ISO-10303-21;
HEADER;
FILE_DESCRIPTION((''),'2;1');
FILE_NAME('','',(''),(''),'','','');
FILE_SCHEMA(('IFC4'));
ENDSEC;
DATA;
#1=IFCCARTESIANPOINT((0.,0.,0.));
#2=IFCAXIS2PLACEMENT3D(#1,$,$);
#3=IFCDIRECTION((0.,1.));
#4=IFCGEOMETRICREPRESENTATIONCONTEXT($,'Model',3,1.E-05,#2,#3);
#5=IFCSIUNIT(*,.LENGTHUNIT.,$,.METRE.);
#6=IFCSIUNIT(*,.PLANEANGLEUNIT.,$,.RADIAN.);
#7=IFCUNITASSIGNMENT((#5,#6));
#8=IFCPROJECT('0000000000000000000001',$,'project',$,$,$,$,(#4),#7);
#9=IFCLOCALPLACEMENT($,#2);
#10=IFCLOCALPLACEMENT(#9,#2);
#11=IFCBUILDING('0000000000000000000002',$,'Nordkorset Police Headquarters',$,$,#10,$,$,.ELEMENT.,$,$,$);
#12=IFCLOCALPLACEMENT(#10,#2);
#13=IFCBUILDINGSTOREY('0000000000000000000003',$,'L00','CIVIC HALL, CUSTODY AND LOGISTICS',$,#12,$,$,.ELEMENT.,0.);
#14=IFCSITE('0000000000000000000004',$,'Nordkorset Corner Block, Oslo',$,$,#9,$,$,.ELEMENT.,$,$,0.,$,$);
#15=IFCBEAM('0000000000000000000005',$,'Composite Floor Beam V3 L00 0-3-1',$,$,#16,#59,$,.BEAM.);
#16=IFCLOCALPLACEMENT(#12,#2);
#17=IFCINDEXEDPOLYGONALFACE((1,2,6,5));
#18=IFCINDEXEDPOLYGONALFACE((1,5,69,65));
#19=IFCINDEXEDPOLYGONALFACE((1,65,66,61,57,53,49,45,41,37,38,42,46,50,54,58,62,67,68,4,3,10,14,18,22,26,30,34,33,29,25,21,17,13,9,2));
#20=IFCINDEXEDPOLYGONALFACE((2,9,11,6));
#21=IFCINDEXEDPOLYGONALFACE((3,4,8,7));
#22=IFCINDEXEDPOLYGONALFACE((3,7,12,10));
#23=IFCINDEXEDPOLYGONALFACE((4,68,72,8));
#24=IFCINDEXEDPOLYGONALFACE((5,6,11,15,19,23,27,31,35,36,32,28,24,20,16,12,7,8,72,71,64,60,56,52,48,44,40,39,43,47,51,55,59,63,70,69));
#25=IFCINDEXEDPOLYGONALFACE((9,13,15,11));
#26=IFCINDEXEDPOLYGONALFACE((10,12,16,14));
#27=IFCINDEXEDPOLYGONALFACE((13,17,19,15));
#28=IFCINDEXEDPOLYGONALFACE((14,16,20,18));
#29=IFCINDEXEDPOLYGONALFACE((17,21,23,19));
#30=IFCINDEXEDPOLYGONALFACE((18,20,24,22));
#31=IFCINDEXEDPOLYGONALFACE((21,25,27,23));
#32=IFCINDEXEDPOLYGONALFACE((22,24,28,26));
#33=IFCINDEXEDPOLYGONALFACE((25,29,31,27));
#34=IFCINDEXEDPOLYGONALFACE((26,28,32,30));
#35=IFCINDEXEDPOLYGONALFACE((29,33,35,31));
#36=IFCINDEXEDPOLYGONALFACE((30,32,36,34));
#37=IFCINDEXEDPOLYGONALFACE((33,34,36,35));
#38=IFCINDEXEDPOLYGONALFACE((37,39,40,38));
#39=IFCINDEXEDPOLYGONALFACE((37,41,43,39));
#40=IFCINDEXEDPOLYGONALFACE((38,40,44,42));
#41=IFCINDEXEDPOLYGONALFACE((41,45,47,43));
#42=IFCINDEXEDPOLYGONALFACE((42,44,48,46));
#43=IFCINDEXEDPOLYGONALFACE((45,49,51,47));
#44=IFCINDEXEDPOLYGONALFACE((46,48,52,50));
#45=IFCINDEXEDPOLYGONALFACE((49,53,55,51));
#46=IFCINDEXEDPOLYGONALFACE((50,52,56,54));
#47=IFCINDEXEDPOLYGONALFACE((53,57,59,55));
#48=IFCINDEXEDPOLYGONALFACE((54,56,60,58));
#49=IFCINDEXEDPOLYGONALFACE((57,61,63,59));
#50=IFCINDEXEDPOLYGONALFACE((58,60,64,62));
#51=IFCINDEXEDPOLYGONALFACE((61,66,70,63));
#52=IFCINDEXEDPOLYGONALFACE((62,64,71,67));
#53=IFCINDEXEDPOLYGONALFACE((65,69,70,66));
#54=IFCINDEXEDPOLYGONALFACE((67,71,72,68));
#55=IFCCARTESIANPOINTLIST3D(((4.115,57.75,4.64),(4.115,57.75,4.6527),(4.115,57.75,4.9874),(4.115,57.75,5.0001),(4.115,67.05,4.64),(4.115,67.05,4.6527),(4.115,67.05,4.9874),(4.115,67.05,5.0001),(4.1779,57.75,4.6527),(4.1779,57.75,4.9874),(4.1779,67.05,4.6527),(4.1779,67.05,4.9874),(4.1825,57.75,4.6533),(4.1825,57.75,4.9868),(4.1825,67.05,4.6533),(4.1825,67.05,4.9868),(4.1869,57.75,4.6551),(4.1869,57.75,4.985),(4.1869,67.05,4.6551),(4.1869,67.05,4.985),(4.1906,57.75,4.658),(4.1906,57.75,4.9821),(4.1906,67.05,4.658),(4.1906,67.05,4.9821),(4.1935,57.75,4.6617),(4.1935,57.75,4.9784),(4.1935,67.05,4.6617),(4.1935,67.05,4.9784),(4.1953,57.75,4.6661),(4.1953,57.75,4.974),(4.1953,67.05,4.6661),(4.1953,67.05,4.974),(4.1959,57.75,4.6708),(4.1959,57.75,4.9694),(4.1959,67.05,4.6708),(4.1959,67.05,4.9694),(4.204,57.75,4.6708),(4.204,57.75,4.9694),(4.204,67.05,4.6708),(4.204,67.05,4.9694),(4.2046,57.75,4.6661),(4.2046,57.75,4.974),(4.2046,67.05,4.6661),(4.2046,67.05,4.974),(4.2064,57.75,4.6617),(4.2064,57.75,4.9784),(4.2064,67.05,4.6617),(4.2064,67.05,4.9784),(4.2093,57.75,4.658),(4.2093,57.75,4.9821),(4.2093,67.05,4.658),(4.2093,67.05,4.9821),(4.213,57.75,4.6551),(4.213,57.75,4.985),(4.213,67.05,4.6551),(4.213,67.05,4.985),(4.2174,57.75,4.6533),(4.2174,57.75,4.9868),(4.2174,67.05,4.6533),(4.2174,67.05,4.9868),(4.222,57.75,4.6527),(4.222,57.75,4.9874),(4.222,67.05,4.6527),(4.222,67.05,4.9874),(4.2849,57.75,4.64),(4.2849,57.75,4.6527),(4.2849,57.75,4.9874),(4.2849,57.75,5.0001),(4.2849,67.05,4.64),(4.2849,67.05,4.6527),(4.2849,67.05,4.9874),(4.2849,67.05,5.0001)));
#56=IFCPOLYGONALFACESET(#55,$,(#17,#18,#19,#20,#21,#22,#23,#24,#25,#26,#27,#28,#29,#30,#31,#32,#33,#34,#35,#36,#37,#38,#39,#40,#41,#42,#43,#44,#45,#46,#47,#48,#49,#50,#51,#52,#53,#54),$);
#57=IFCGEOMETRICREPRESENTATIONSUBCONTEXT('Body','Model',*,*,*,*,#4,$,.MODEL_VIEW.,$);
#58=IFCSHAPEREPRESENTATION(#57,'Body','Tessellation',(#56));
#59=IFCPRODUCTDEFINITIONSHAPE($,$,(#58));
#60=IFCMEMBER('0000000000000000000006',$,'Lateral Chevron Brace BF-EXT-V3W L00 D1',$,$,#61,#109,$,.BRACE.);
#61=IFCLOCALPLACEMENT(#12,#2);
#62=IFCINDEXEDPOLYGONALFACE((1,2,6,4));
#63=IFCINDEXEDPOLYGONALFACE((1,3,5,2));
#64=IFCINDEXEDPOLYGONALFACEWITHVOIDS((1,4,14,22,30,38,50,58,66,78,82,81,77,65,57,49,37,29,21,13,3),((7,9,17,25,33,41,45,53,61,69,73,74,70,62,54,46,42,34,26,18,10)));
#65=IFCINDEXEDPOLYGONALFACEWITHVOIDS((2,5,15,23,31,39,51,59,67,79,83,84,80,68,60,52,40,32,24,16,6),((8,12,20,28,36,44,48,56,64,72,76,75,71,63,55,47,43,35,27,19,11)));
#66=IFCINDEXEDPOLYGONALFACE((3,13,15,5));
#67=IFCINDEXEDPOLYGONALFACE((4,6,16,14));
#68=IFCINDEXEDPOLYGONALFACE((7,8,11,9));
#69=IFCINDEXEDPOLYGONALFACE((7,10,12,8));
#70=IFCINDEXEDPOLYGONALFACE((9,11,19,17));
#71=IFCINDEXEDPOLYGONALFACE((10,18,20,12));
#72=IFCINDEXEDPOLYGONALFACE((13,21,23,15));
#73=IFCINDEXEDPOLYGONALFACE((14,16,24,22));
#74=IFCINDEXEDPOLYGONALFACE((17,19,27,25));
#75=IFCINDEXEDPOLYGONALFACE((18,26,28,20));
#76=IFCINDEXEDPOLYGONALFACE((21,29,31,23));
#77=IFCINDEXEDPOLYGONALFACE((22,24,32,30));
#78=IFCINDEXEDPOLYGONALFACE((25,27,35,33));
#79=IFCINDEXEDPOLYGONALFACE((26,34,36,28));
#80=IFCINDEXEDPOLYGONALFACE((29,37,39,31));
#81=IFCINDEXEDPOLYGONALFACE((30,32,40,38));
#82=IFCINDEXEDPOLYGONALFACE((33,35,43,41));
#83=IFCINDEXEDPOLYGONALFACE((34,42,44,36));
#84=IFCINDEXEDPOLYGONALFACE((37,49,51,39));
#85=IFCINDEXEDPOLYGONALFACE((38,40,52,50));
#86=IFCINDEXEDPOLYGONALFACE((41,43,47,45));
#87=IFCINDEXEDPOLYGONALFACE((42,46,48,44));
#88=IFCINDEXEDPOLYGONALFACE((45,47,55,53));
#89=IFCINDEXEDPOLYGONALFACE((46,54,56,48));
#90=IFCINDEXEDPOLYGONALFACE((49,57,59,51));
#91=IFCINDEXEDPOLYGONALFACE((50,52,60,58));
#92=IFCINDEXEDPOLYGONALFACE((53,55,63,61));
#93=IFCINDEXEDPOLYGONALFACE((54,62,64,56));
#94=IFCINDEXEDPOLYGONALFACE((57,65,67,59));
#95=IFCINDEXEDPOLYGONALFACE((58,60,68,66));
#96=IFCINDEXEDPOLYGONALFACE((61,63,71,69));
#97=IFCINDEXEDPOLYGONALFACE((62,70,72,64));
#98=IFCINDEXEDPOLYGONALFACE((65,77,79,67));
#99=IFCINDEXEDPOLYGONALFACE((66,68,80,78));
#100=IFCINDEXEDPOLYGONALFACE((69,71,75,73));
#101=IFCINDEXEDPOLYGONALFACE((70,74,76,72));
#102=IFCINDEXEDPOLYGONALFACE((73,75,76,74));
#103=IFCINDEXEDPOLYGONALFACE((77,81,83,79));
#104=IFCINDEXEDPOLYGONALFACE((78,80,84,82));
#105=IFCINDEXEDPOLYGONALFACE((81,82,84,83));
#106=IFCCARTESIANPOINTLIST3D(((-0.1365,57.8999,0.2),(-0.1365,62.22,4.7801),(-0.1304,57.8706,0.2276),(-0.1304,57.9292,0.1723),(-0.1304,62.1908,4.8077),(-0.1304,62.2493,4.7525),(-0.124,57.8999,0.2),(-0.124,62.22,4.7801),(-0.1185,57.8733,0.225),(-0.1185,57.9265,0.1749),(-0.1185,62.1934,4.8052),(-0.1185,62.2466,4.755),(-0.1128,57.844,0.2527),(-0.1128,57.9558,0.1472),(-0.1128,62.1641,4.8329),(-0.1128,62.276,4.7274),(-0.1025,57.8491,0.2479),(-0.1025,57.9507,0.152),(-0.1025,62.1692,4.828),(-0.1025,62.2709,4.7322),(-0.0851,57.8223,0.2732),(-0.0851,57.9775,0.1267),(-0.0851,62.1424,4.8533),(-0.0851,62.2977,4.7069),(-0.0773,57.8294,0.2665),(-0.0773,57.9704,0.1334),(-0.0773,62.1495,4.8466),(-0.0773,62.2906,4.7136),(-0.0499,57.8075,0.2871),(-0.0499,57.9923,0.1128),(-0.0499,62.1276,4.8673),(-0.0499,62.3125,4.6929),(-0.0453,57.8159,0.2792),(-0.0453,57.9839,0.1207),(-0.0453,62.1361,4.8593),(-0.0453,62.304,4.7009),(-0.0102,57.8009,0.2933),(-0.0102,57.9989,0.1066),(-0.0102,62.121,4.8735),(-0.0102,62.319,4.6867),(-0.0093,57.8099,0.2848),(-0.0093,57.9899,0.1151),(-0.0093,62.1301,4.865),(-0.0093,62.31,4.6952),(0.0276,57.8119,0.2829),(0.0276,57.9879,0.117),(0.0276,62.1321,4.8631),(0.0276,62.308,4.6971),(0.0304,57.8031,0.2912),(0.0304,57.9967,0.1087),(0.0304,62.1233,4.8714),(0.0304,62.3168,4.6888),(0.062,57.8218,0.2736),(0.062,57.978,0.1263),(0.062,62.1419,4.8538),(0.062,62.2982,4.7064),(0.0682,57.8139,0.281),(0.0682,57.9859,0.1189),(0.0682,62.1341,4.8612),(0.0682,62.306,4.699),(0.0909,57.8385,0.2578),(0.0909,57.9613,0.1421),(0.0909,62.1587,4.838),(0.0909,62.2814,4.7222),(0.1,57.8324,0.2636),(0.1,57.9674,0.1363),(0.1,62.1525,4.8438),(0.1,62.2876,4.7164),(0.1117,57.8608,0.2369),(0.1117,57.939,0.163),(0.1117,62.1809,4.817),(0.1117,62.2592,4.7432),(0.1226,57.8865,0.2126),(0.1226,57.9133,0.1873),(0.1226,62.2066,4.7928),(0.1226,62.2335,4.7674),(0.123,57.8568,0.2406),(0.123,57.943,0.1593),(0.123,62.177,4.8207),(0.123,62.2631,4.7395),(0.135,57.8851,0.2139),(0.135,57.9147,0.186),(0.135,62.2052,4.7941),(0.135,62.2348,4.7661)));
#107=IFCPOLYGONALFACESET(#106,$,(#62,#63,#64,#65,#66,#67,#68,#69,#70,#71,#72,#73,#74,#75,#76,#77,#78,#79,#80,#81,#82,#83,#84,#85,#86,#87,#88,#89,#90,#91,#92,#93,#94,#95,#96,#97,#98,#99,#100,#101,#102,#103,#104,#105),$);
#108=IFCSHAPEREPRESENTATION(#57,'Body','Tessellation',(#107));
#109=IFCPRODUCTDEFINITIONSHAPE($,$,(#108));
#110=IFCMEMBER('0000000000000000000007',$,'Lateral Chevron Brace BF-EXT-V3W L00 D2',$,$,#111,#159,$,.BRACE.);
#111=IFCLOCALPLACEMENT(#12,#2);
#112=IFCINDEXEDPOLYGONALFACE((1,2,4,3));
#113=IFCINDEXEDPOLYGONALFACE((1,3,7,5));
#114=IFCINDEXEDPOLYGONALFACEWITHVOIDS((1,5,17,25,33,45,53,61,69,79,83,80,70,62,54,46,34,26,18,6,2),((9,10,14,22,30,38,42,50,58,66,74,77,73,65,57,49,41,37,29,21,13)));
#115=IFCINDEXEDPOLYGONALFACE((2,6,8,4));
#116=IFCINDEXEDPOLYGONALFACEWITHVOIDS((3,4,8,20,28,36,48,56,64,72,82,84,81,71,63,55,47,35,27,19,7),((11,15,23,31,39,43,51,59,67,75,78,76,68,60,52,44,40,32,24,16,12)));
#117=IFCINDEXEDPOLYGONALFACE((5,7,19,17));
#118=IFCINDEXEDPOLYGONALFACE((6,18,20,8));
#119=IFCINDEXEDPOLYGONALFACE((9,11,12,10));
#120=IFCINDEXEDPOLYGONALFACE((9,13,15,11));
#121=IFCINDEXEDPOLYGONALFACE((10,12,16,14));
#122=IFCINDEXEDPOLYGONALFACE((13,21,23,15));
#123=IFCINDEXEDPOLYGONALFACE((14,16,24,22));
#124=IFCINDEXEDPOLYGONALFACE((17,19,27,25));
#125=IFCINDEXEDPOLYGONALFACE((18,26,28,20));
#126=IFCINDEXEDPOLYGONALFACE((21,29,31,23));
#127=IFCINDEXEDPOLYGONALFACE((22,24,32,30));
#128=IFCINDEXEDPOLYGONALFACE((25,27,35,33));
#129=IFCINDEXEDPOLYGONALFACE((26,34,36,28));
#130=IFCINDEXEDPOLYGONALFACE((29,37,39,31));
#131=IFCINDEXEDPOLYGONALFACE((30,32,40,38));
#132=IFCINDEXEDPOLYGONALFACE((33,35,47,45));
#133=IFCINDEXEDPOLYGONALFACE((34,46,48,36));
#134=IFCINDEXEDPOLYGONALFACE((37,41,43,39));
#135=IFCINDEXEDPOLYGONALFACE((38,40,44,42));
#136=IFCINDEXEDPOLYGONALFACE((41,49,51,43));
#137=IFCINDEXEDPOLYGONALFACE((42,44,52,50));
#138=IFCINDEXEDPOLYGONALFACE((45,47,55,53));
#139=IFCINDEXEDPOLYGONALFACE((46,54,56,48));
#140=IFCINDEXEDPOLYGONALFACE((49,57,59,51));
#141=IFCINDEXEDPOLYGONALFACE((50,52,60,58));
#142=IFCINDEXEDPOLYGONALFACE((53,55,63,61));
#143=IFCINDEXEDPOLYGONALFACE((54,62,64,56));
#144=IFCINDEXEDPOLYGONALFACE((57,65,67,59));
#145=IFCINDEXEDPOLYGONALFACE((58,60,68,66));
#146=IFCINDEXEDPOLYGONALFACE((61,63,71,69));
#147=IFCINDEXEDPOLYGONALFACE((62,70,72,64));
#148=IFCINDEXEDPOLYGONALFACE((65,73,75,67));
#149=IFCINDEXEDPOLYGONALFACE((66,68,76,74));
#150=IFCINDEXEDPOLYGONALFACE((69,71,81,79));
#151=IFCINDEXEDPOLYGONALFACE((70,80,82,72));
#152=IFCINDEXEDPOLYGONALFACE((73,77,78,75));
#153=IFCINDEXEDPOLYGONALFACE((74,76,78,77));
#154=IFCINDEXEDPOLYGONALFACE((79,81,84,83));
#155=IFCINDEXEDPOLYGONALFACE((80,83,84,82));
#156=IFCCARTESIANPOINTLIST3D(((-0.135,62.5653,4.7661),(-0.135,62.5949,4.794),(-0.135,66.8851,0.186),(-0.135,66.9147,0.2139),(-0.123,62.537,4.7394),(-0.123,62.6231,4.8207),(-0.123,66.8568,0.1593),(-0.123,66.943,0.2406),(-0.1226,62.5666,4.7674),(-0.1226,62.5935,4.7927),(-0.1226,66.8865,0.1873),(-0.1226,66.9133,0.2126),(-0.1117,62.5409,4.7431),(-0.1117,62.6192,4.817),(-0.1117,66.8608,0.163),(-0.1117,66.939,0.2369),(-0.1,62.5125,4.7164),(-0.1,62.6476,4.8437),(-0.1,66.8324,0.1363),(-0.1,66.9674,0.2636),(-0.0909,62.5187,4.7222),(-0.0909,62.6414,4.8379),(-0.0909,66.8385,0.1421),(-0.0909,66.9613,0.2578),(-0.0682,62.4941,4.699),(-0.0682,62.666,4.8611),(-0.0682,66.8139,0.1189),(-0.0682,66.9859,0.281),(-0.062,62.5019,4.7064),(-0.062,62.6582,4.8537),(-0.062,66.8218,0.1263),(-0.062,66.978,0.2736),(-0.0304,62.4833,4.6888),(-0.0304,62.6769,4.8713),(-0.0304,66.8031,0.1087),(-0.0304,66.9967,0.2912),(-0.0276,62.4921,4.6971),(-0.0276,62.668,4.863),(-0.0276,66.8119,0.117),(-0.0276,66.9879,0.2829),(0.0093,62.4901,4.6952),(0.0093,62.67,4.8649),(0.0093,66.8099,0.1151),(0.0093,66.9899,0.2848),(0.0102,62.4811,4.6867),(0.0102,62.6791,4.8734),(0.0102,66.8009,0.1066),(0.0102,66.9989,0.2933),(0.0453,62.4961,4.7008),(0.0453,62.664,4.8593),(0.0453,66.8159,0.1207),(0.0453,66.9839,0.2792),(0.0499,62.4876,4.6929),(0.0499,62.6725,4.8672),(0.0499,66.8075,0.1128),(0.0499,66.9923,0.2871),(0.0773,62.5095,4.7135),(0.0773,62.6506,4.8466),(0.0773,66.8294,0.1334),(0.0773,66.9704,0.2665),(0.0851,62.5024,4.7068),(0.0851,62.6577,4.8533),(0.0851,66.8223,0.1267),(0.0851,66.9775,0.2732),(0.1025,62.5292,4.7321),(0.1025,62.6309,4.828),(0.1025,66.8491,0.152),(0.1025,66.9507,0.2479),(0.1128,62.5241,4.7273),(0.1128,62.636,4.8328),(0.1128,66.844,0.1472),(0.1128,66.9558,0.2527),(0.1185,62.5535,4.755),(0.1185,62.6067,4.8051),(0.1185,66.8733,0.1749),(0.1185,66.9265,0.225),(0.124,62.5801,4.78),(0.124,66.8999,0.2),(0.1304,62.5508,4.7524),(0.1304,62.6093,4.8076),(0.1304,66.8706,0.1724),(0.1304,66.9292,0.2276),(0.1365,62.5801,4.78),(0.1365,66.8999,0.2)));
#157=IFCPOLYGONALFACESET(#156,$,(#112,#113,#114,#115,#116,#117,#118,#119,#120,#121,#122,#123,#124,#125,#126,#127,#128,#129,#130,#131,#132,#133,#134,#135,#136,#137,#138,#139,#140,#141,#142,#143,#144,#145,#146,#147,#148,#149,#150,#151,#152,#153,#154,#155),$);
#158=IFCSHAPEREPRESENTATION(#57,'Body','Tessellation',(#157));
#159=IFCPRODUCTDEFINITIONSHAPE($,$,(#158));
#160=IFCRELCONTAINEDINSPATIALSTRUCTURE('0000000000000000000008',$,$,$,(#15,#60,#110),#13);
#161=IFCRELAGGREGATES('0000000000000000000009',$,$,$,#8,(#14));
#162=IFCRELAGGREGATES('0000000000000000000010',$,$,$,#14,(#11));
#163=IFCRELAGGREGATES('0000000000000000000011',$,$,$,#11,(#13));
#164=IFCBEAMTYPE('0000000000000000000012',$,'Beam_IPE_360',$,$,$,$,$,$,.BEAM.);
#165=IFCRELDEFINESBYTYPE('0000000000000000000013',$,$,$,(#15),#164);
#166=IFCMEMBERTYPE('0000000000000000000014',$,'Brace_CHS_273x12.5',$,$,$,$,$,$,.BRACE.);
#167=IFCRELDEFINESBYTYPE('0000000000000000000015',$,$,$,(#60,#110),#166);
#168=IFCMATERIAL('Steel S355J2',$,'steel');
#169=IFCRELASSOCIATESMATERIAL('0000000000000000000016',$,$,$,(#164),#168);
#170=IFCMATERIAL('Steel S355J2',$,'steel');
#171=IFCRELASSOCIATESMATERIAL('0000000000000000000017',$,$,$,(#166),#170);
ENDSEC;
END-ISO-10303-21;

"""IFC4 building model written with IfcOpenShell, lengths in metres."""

from ifc_helpers import new_model, si_unit, direction, frame, origin, origin_2d, place, context, subcontext, project, spatial, hollow_circle, i_section, extrude, material, material_profile, profile_set, type_object, element, save


model = new_model("IFC4")

# Units and contexts
model_context = context("Model", 3, precision=1e-05, world=origin(), true_north=direction((0.0, 1.0)))
body_context = subcontext(model_context, "Body", "Model", "MODEL_VIEW")
ifc_project = project(units=[si_unit("LENGTHUNIT", "METRE"), si_unit("PLANEANGLEUNIT", "RADIAN")], contexts=[model_context])

# Site, building, storey
site_placement = place(None, origin())
site = spatial("IfcSite", under=ifc_project, at=site_placement, Name="Nordkorset Corner Block, Oslo", CompositionType="ELEMENT", RefElevation=0.0)
building_placement = place(site_placement, origin())
building = spatial("IfcBuilding", under=site, at=building_placement, Name="Nordkorset Police Headquarters", CompositionType="ELEMENT")
storey_placement = place(building_placement, origin())
storey = spatial("IfcBuildingStorey", under=building, at=storey_placement, Name="L00", Description="CIVIC HALL, CUSTODY AND LOGISTICS", CompositionType="ELEMENT", Elevation=0.0)

# Beam
ifc_material_1 = material(Name="Steel S355J2", Category="steel")
ifc_material_profile_1 = material_profile(ifc_material_1, i_section(OverallWidth=0.1699, OverallDepth=0.3601, WebThickness=0.0081, FlangeThickness=0.0127, FilletRadius=0.0181, at=origin_2d()), Name="IPE 360")
ifc_profile_set_1 = profile_set([ifc_material_profile_1], Name="Steel S355J2")
beam_type_1 = type_object("IfcBeamType", Name="Beam_IPE_360", PredefinedType="BEAM", material=ifc_profile_set_1)
beam_1_placement = place(storey_placement, frame((4.2, 57.75, 4.8201), z_axis=(0.0, 1.0, 0.0), x_axis=(-1.0, 0.0, 0.0)))
element("IfcBeam", 1, at=beam_1_placement, inside=storey, type_object=beam_type_1, Name="Composite Floor Beam V3 L00 0-3-1", PredefinedType="BEAM", context=body_context, shape_type="SweptSolid", body=[
    extrude(i_section(OverallWidth=0.1699, OverallDepth=0.3601, WebThickness=0.0081, FlangeThickness=0.0127, FilletRadius=0.0181, at=origin_2d()), origin(), (0.0, 0.0, 1.0), 9.3),
])

# Members
ifc_material_2 = material(Name="Steel S355J2", Category="steel")
ifc_material_profile_2 = material_profile(ifc_material_2, hollow_circle(Radius=0.1365, WallThickness=0.0125, at=origin_2d()), Name="CHS 273x12.5")
ifc_profile_set_2 = profile_set([ifc_material_profile_2], Name="Steel S355J2")
member_type = type_object("IfcMemberType", Name="Brace_CHS_273x12.5", PredefinedType="BRACE", material=ifc_profile_set_2)
member_1_placement = place(storey_placement, frame((0.0, 57.8999, 0.2), z_axis=(0.0, 0.686157, 0.727454), x_axis=(-1.0, 0.0, 0.0)))
element("IfcMember", 2, at=member_1_placement, inside=storey, type_object=member_type, Name="Lateral Chevron Brace BF-EXT-V3W L00 D1", PredefinedType="BRACE", context=body_context, shape_type="SweptSolid", body=[
    extrude(hollow_circle(Radius=0.1365, WallThickness=0.0125, at=origin_2d()), origin(), (0.0, 0.0, 1.0), 6.2961),
])
member_2_placement = place(storey_placement, frame((0.0, 66.8999, 0.2), z_axis=(0.0, -0.686136, 0.727473), x_axis=(1.0, 0.0, 0.0)))
element("IfcMember", 3, at=member_2_placement, inside=storey, type_object=member_type, Name="Lateral Chevron Brace BF-EXT-V3W L00 D2", PredefinedType="BRACE", context=body_context, shape_type="SweptSolid", body=[
    extrude(hollow_circle(Radius=0.1365, WallThickness=0.0125, at=origin_2d()), origin(), (0.0, 0.0, 1.0), 6.2959),
])

save(model, "model.ifc")
